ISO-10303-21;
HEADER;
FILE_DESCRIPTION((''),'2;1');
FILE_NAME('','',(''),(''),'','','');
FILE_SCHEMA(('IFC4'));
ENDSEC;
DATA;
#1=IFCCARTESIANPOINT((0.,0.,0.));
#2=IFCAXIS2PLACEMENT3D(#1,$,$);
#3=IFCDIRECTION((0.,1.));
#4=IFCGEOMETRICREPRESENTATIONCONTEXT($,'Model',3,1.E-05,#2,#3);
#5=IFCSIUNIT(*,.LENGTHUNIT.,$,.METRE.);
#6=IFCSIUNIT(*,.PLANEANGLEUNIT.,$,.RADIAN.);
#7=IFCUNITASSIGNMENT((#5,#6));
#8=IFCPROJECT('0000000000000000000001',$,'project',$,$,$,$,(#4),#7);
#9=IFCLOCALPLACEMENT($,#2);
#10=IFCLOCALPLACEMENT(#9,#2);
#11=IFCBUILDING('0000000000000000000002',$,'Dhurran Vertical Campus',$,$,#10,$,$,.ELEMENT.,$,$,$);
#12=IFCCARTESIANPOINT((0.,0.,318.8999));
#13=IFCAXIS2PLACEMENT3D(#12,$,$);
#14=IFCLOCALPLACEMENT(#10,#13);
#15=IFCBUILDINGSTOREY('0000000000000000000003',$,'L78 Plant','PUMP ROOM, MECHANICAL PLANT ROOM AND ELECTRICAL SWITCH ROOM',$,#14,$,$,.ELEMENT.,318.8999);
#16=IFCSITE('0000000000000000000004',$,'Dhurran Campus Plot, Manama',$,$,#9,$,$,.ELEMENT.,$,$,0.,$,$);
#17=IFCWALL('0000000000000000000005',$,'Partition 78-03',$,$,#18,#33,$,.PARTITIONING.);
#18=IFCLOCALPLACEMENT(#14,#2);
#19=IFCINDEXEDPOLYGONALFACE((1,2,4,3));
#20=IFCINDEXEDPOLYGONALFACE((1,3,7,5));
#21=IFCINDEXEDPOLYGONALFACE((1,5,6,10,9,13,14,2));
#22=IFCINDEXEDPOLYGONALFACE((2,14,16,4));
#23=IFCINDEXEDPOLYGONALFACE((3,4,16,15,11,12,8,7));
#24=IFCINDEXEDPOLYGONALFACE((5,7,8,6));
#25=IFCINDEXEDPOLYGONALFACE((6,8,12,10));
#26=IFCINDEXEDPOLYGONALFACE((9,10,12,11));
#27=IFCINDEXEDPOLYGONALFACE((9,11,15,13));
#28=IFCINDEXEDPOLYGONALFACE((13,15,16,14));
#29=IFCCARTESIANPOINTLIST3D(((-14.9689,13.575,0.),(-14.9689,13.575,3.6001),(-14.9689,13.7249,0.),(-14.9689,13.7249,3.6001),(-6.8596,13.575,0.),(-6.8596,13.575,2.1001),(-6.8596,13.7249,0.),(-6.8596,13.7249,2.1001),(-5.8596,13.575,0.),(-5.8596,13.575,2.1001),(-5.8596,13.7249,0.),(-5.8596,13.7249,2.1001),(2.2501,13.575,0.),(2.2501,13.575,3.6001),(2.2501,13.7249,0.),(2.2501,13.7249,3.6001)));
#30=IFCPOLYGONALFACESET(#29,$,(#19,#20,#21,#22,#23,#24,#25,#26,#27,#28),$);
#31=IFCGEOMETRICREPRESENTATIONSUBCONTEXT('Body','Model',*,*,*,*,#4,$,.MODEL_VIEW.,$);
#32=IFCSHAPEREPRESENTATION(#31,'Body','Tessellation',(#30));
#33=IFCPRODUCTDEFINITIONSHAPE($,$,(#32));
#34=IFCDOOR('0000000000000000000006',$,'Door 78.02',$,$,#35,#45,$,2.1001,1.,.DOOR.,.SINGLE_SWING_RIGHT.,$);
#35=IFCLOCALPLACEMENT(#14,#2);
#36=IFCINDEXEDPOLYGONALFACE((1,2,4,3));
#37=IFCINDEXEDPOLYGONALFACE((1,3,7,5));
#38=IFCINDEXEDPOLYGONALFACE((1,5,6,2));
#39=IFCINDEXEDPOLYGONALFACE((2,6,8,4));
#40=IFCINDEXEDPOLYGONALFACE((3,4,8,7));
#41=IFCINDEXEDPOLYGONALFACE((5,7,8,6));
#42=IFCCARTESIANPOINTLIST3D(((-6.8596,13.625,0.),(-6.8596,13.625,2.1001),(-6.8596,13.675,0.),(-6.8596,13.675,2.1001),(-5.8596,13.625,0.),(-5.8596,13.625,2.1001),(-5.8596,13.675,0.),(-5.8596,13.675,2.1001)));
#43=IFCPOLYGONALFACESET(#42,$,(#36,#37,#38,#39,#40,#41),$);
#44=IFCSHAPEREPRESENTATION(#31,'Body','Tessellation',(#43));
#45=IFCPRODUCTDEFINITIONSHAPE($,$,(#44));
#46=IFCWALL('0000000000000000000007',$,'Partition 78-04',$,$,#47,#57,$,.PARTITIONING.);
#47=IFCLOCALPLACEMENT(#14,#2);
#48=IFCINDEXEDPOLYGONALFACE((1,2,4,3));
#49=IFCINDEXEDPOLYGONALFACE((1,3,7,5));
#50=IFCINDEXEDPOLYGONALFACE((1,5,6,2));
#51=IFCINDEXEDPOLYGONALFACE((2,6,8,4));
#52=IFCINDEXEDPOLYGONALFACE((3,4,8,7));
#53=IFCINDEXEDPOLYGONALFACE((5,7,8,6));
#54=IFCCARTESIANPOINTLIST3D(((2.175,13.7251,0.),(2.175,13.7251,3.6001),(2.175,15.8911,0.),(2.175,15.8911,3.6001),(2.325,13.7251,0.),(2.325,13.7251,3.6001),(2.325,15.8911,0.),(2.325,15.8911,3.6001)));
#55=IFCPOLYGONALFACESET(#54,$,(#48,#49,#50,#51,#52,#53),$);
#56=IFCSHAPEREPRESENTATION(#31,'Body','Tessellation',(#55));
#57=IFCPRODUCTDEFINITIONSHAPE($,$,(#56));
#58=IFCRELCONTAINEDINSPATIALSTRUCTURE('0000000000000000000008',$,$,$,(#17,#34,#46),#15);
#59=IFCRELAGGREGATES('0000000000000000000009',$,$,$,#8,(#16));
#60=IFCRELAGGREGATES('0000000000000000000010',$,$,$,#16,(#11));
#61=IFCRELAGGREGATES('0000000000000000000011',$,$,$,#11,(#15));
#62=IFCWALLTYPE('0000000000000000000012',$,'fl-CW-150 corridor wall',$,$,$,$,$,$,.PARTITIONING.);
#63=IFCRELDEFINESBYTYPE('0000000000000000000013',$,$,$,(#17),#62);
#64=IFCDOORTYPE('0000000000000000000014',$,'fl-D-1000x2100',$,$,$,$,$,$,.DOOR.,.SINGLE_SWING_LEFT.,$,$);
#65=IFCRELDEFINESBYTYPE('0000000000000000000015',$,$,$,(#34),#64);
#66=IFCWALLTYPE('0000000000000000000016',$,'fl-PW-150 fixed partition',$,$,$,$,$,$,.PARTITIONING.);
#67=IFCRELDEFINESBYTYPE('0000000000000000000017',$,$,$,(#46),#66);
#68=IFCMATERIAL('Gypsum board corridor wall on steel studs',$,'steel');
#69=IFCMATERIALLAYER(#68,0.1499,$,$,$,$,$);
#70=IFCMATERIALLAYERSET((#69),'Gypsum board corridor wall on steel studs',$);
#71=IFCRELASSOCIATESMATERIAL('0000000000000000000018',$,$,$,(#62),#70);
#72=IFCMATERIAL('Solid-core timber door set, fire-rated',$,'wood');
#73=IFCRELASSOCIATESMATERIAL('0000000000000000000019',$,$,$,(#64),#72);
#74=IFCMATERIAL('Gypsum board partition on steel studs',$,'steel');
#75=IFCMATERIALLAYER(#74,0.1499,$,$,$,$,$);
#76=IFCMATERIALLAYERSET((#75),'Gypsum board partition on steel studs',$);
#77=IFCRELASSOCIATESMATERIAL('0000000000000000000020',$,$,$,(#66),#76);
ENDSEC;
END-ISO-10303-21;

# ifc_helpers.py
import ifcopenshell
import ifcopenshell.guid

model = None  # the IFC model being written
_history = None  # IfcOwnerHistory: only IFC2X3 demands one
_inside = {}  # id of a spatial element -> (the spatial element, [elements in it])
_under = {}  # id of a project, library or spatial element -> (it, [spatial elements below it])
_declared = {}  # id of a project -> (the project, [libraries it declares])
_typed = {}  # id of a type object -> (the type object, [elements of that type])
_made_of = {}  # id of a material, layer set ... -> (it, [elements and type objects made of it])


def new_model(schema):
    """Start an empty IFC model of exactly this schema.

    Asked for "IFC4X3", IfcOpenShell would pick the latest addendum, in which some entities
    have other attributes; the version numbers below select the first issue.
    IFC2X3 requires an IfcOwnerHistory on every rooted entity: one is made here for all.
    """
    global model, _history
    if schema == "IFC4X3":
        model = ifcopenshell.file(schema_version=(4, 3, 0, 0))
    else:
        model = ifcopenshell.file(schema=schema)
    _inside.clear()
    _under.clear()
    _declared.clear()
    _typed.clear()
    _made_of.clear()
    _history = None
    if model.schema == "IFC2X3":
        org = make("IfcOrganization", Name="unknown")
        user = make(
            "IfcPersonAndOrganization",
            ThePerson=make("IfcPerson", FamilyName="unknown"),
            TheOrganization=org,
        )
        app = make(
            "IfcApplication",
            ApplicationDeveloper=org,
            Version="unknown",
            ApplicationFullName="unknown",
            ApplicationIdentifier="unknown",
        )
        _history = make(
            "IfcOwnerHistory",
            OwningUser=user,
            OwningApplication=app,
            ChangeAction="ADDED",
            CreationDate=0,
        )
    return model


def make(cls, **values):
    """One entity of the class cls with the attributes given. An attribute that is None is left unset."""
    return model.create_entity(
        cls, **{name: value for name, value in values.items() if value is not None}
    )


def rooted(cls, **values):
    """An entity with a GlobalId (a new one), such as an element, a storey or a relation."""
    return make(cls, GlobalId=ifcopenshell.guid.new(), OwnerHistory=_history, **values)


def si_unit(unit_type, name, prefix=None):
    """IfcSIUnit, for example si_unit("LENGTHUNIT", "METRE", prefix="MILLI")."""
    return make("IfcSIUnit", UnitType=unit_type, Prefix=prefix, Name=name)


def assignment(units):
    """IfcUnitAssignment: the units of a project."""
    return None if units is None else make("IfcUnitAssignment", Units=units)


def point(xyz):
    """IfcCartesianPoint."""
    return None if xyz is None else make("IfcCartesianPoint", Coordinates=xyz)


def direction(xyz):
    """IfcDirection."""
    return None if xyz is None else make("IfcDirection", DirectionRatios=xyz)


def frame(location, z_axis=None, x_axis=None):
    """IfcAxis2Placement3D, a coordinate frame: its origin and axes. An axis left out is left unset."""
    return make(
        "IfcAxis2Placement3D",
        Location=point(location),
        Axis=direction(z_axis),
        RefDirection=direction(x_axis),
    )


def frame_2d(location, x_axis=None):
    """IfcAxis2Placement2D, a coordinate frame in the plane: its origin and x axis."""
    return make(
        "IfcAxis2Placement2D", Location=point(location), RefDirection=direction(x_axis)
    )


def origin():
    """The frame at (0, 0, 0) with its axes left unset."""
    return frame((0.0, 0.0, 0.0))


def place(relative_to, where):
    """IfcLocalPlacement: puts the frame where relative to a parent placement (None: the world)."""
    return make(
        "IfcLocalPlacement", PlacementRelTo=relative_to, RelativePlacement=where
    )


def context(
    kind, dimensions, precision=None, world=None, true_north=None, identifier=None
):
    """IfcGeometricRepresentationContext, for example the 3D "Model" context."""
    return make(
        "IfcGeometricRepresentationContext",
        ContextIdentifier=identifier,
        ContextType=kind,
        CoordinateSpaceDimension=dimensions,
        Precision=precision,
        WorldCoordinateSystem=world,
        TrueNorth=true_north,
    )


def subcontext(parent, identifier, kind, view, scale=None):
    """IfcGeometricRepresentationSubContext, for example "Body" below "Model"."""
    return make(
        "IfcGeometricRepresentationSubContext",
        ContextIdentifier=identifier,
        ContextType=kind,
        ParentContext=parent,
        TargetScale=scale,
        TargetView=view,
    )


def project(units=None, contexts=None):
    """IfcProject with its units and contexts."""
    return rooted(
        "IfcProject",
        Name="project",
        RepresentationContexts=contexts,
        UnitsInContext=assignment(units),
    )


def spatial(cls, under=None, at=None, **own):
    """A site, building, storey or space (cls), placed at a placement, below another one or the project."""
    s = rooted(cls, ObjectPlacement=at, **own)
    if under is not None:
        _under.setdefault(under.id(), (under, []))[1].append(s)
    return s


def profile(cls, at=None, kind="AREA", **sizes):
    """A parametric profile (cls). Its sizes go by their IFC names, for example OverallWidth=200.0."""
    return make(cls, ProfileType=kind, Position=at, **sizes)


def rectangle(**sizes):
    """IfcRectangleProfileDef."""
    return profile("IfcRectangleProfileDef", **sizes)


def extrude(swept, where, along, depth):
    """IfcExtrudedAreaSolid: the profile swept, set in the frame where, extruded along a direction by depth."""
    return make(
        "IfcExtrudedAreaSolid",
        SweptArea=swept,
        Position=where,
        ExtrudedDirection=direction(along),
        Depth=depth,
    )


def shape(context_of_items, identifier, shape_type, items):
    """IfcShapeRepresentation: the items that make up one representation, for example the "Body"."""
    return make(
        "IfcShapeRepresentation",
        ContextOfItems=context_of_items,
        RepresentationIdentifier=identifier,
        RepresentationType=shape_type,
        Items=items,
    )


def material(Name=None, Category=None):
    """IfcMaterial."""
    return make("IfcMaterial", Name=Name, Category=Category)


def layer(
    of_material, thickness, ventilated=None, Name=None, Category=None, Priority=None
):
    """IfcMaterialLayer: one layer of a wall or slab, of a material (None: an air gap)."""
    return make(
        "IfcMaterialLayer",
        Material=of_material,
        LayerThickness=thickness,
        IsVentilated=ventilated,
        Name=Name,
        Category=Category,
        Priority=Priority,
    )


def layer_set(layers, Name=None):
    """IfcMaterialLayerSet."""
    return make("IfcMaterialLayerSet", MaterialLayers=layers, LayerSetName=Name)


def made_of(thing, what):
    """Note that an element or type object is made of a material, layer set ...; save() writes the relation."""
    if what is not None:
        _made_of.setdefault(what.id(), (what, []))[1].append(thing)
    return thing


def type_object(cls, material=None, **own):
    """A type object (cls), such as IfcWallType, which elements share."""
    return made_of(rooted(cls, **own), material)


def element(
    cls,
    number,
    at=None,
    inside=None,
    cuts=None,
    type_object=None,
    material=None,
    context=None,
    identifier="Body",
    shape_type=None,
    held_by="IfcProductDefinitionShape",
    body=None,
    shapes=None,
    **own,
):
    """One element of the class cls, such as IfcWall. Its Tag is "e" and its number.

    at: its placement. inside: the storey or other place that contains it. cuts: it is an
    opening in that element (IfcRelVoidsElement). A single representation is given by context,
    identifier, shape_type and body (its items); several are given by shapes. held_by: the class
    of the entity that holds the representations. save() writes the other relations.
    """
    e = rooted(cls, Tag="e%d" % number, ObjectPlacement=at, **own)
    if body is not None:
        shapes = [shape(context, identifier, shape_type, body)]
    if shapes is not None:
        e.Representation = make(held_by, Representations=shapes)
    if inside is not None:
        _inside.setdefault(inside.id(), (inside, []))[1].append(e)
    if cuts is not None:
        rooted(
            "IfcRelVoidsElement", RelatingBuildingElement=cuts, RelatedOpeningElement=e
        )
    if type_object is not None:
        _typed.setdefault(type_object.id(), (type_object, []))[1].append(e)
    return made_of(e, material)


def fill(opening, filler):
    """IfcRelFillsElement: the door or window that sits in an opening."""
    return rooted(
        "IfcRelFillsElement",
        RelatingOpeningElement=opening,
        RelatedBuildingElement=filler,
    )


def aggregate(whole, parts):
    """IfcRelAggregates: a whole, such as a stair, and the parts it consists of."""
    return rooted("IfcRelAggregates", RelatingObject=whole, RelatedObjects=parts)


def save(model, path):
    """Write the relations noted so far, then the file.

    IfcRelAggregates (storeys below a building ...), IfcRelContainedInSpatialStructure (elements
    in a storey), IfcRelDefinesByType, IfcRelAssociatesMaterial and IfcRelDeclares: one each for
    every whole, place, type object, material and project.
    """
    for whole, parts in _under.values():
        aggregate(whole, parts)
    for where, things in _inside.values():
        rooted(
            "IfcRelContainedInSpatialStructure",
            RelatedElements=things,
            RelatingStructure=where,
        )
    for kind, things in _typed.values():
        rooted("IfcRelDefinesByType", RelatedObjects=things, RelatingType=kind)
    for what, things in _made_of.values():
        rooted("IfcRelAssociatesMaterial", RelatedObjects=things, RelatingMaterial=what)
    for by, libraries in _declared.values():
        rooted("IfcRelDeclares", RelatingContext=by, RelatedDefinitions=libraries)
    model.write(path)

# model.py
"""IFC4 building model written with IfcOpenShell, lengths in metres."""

from ifc_helpers import new_model, si_unit, direction, frame, frame_2d, origin, place, context, subcontext, project, spatial, rectangle, extrude, material, layer, layer_set, type_object, element, fill, save


model = new_model("IFC4")

# Units and contexts
model_context = context("Model", 3, precision=1e-05, world=origin(), true_north=direction((0.0, 1.0)))
body_context = subcontext(model_context, "Body", "Model", "MODEL_VIEW")
ifc_project = project(units=[si_unit("LENGTHUNIT", "METRE"), si_unit("PLANEANGLEUNIT", "RADIAN")], contexts=[model_context])

# Site, building, storey
site_placement = place(None, origin())
site = spatial("IfcSite", under=ifc_project, at=site_placement, Name="Dhurran Campus Plot, Manama", CompositionType="ELEMENT", RefElevation=0.0)
building_placement = place(site_placement, origin())
building = spatial("IfcBuilding", under=site, at=building_placement, Name="Dhurran Vertical Campus", CompositionType="ELEMENT")
storey_placement = place(building_placement, frame((0.0, 0.0, 318.8999)))
storey = spatial("IfcBuildingStorey", under=building, at=storey_placement, Name="L78 Plant", Description="PUMP ROOM, MECHANICAL PLANT ROOM AND ELECTRICAL SWITCH ROOM", CompositionType="ELEMENT", Elevation=318.8999)

# Wall, opening, door
ifc_material_1 = material(Name="Gypsum board corridor wall on steel studs", Category="steel")
ifc_layer_1 = layer(ifc_material_1, 0.1499)
ifc_layer_set_1 = layer_set([ifc_layer_1], Name="Gypsum board corridor wall on steel studs")
wall_type_1 = type_object("IfcWallType", Name="fl-CW-150 corridor wall", PredefinedType="PARTITIONING", material=ifc_layer_set_1)
wall_1_placement = place(storey_placement, frame((2.25, 13.6499, 0.0), z_axis=(0.0, 0.0, 1.0), x_axis=(-1.0, 0.0, 0.0)))
wall_1 = element("IfcWall", 1, at=wall_1_placement, inside=storey, type_object=wall_type_1, Name="Partition 78-03", PredefinedType="PARTITIONING", context=body_context, shape_type="SweptSolid", body=[
    extrude(rectangle(XDim=17.219, YDim=0.1499, at=frame_2d((8.6094, 0.0))), origin(), (0.0, 0.0, 1.0), 3.6001),
])
opening_1_placement = place(wall_1_placement, frame((8.1096, 0.0, 0.0)))
opening_1 = element("IfcOpeningElement", 2, at=opening_1_placement, cuts=wall_1, PredefinedType="OPENING", context=body_context, shape_type="SweptSolid", body=[
    extrude(rectangle(XDim=1.0, YDim=2.1001, at=frame_2d((0.5, 1.05))), frame((0.0, 0.085, 0.0), z_axis=(0.0, -1.0, 0.0), x_axis=(1.0, 0.0, 0.0)), (0.0, 0.0, 1.0), 0.1699),
])
ifc_material_2 = material(Name="Solid-core timber door set, fire-rated", Category="wood")
door_type_1 = type_object("IfcDoorType", Name="fl-D-1000x2100", OperationType="SINGLE_SWING_LEFT", PredefinedType="DOOR", material=ifc_material_2)
door_1_placement = place(opening_1_placement, origin())
door_1 = element("IfcDoor", 3, at=door_1_placement, inside=storey, type_object=door_type_1, Name="Door 78.02", OperationType="SINGLE_SWING_RIGHT", OverallHeight=2.1001, OverallWidth=1.0, PredefinedType="DOOR", context=body_context, shape_type="SweptSolid", body=[
    extrude(rectangle(XDim=1.0, YDim=2.1001, at=frame_2d((0.5, 1.05))), frame((0.0, 0.0249, 0.0), z_axis=(0.0, -1.0, 0.0), x_axis=(1.0, 0.0, 0.0)), (0.0, 0.0, 1.0), 0.05),
])
fill(opening_1, door_1)

# Wall
ifc_material_3 = material(Name="Gypsum board partition on steel studs", Category="steel")
ifc_layer_2 = layer(ifc_material_3, 0.1499)
ifc_layer_set_2 = layer_set([ifc_layer_2], Name="Gypsum board partition on steel studs")
wall_type_2 = type_object("IfcWallType", Name="fl-PW-150 fixed partition", PredefinedType="PARTITIONING", material=ifc_layer_set_2)
wall_2_placement = place(storey_placement, frame((2.25, 15.8911, 0.0), z_axis=(0.0, 0.0, 1.0), x_axis=(0.0, -1.0, 0.0)))
element("IfcWall", 4, at=wall_2_placement, inside=storey, type_object=wall_type_2, Name="Partition 78-04", PredefinedType="PARTITIONING", context=body_context, shape_type="SweptSolid", body=[
    extrude(rectangle(XDim=2.166, YDim=0.1499, at=frame_2d((1.083, 0.0))), origin(), (0.0, 0.0, 1.0), 3.6001),
])

save(model, "model.ifc")
